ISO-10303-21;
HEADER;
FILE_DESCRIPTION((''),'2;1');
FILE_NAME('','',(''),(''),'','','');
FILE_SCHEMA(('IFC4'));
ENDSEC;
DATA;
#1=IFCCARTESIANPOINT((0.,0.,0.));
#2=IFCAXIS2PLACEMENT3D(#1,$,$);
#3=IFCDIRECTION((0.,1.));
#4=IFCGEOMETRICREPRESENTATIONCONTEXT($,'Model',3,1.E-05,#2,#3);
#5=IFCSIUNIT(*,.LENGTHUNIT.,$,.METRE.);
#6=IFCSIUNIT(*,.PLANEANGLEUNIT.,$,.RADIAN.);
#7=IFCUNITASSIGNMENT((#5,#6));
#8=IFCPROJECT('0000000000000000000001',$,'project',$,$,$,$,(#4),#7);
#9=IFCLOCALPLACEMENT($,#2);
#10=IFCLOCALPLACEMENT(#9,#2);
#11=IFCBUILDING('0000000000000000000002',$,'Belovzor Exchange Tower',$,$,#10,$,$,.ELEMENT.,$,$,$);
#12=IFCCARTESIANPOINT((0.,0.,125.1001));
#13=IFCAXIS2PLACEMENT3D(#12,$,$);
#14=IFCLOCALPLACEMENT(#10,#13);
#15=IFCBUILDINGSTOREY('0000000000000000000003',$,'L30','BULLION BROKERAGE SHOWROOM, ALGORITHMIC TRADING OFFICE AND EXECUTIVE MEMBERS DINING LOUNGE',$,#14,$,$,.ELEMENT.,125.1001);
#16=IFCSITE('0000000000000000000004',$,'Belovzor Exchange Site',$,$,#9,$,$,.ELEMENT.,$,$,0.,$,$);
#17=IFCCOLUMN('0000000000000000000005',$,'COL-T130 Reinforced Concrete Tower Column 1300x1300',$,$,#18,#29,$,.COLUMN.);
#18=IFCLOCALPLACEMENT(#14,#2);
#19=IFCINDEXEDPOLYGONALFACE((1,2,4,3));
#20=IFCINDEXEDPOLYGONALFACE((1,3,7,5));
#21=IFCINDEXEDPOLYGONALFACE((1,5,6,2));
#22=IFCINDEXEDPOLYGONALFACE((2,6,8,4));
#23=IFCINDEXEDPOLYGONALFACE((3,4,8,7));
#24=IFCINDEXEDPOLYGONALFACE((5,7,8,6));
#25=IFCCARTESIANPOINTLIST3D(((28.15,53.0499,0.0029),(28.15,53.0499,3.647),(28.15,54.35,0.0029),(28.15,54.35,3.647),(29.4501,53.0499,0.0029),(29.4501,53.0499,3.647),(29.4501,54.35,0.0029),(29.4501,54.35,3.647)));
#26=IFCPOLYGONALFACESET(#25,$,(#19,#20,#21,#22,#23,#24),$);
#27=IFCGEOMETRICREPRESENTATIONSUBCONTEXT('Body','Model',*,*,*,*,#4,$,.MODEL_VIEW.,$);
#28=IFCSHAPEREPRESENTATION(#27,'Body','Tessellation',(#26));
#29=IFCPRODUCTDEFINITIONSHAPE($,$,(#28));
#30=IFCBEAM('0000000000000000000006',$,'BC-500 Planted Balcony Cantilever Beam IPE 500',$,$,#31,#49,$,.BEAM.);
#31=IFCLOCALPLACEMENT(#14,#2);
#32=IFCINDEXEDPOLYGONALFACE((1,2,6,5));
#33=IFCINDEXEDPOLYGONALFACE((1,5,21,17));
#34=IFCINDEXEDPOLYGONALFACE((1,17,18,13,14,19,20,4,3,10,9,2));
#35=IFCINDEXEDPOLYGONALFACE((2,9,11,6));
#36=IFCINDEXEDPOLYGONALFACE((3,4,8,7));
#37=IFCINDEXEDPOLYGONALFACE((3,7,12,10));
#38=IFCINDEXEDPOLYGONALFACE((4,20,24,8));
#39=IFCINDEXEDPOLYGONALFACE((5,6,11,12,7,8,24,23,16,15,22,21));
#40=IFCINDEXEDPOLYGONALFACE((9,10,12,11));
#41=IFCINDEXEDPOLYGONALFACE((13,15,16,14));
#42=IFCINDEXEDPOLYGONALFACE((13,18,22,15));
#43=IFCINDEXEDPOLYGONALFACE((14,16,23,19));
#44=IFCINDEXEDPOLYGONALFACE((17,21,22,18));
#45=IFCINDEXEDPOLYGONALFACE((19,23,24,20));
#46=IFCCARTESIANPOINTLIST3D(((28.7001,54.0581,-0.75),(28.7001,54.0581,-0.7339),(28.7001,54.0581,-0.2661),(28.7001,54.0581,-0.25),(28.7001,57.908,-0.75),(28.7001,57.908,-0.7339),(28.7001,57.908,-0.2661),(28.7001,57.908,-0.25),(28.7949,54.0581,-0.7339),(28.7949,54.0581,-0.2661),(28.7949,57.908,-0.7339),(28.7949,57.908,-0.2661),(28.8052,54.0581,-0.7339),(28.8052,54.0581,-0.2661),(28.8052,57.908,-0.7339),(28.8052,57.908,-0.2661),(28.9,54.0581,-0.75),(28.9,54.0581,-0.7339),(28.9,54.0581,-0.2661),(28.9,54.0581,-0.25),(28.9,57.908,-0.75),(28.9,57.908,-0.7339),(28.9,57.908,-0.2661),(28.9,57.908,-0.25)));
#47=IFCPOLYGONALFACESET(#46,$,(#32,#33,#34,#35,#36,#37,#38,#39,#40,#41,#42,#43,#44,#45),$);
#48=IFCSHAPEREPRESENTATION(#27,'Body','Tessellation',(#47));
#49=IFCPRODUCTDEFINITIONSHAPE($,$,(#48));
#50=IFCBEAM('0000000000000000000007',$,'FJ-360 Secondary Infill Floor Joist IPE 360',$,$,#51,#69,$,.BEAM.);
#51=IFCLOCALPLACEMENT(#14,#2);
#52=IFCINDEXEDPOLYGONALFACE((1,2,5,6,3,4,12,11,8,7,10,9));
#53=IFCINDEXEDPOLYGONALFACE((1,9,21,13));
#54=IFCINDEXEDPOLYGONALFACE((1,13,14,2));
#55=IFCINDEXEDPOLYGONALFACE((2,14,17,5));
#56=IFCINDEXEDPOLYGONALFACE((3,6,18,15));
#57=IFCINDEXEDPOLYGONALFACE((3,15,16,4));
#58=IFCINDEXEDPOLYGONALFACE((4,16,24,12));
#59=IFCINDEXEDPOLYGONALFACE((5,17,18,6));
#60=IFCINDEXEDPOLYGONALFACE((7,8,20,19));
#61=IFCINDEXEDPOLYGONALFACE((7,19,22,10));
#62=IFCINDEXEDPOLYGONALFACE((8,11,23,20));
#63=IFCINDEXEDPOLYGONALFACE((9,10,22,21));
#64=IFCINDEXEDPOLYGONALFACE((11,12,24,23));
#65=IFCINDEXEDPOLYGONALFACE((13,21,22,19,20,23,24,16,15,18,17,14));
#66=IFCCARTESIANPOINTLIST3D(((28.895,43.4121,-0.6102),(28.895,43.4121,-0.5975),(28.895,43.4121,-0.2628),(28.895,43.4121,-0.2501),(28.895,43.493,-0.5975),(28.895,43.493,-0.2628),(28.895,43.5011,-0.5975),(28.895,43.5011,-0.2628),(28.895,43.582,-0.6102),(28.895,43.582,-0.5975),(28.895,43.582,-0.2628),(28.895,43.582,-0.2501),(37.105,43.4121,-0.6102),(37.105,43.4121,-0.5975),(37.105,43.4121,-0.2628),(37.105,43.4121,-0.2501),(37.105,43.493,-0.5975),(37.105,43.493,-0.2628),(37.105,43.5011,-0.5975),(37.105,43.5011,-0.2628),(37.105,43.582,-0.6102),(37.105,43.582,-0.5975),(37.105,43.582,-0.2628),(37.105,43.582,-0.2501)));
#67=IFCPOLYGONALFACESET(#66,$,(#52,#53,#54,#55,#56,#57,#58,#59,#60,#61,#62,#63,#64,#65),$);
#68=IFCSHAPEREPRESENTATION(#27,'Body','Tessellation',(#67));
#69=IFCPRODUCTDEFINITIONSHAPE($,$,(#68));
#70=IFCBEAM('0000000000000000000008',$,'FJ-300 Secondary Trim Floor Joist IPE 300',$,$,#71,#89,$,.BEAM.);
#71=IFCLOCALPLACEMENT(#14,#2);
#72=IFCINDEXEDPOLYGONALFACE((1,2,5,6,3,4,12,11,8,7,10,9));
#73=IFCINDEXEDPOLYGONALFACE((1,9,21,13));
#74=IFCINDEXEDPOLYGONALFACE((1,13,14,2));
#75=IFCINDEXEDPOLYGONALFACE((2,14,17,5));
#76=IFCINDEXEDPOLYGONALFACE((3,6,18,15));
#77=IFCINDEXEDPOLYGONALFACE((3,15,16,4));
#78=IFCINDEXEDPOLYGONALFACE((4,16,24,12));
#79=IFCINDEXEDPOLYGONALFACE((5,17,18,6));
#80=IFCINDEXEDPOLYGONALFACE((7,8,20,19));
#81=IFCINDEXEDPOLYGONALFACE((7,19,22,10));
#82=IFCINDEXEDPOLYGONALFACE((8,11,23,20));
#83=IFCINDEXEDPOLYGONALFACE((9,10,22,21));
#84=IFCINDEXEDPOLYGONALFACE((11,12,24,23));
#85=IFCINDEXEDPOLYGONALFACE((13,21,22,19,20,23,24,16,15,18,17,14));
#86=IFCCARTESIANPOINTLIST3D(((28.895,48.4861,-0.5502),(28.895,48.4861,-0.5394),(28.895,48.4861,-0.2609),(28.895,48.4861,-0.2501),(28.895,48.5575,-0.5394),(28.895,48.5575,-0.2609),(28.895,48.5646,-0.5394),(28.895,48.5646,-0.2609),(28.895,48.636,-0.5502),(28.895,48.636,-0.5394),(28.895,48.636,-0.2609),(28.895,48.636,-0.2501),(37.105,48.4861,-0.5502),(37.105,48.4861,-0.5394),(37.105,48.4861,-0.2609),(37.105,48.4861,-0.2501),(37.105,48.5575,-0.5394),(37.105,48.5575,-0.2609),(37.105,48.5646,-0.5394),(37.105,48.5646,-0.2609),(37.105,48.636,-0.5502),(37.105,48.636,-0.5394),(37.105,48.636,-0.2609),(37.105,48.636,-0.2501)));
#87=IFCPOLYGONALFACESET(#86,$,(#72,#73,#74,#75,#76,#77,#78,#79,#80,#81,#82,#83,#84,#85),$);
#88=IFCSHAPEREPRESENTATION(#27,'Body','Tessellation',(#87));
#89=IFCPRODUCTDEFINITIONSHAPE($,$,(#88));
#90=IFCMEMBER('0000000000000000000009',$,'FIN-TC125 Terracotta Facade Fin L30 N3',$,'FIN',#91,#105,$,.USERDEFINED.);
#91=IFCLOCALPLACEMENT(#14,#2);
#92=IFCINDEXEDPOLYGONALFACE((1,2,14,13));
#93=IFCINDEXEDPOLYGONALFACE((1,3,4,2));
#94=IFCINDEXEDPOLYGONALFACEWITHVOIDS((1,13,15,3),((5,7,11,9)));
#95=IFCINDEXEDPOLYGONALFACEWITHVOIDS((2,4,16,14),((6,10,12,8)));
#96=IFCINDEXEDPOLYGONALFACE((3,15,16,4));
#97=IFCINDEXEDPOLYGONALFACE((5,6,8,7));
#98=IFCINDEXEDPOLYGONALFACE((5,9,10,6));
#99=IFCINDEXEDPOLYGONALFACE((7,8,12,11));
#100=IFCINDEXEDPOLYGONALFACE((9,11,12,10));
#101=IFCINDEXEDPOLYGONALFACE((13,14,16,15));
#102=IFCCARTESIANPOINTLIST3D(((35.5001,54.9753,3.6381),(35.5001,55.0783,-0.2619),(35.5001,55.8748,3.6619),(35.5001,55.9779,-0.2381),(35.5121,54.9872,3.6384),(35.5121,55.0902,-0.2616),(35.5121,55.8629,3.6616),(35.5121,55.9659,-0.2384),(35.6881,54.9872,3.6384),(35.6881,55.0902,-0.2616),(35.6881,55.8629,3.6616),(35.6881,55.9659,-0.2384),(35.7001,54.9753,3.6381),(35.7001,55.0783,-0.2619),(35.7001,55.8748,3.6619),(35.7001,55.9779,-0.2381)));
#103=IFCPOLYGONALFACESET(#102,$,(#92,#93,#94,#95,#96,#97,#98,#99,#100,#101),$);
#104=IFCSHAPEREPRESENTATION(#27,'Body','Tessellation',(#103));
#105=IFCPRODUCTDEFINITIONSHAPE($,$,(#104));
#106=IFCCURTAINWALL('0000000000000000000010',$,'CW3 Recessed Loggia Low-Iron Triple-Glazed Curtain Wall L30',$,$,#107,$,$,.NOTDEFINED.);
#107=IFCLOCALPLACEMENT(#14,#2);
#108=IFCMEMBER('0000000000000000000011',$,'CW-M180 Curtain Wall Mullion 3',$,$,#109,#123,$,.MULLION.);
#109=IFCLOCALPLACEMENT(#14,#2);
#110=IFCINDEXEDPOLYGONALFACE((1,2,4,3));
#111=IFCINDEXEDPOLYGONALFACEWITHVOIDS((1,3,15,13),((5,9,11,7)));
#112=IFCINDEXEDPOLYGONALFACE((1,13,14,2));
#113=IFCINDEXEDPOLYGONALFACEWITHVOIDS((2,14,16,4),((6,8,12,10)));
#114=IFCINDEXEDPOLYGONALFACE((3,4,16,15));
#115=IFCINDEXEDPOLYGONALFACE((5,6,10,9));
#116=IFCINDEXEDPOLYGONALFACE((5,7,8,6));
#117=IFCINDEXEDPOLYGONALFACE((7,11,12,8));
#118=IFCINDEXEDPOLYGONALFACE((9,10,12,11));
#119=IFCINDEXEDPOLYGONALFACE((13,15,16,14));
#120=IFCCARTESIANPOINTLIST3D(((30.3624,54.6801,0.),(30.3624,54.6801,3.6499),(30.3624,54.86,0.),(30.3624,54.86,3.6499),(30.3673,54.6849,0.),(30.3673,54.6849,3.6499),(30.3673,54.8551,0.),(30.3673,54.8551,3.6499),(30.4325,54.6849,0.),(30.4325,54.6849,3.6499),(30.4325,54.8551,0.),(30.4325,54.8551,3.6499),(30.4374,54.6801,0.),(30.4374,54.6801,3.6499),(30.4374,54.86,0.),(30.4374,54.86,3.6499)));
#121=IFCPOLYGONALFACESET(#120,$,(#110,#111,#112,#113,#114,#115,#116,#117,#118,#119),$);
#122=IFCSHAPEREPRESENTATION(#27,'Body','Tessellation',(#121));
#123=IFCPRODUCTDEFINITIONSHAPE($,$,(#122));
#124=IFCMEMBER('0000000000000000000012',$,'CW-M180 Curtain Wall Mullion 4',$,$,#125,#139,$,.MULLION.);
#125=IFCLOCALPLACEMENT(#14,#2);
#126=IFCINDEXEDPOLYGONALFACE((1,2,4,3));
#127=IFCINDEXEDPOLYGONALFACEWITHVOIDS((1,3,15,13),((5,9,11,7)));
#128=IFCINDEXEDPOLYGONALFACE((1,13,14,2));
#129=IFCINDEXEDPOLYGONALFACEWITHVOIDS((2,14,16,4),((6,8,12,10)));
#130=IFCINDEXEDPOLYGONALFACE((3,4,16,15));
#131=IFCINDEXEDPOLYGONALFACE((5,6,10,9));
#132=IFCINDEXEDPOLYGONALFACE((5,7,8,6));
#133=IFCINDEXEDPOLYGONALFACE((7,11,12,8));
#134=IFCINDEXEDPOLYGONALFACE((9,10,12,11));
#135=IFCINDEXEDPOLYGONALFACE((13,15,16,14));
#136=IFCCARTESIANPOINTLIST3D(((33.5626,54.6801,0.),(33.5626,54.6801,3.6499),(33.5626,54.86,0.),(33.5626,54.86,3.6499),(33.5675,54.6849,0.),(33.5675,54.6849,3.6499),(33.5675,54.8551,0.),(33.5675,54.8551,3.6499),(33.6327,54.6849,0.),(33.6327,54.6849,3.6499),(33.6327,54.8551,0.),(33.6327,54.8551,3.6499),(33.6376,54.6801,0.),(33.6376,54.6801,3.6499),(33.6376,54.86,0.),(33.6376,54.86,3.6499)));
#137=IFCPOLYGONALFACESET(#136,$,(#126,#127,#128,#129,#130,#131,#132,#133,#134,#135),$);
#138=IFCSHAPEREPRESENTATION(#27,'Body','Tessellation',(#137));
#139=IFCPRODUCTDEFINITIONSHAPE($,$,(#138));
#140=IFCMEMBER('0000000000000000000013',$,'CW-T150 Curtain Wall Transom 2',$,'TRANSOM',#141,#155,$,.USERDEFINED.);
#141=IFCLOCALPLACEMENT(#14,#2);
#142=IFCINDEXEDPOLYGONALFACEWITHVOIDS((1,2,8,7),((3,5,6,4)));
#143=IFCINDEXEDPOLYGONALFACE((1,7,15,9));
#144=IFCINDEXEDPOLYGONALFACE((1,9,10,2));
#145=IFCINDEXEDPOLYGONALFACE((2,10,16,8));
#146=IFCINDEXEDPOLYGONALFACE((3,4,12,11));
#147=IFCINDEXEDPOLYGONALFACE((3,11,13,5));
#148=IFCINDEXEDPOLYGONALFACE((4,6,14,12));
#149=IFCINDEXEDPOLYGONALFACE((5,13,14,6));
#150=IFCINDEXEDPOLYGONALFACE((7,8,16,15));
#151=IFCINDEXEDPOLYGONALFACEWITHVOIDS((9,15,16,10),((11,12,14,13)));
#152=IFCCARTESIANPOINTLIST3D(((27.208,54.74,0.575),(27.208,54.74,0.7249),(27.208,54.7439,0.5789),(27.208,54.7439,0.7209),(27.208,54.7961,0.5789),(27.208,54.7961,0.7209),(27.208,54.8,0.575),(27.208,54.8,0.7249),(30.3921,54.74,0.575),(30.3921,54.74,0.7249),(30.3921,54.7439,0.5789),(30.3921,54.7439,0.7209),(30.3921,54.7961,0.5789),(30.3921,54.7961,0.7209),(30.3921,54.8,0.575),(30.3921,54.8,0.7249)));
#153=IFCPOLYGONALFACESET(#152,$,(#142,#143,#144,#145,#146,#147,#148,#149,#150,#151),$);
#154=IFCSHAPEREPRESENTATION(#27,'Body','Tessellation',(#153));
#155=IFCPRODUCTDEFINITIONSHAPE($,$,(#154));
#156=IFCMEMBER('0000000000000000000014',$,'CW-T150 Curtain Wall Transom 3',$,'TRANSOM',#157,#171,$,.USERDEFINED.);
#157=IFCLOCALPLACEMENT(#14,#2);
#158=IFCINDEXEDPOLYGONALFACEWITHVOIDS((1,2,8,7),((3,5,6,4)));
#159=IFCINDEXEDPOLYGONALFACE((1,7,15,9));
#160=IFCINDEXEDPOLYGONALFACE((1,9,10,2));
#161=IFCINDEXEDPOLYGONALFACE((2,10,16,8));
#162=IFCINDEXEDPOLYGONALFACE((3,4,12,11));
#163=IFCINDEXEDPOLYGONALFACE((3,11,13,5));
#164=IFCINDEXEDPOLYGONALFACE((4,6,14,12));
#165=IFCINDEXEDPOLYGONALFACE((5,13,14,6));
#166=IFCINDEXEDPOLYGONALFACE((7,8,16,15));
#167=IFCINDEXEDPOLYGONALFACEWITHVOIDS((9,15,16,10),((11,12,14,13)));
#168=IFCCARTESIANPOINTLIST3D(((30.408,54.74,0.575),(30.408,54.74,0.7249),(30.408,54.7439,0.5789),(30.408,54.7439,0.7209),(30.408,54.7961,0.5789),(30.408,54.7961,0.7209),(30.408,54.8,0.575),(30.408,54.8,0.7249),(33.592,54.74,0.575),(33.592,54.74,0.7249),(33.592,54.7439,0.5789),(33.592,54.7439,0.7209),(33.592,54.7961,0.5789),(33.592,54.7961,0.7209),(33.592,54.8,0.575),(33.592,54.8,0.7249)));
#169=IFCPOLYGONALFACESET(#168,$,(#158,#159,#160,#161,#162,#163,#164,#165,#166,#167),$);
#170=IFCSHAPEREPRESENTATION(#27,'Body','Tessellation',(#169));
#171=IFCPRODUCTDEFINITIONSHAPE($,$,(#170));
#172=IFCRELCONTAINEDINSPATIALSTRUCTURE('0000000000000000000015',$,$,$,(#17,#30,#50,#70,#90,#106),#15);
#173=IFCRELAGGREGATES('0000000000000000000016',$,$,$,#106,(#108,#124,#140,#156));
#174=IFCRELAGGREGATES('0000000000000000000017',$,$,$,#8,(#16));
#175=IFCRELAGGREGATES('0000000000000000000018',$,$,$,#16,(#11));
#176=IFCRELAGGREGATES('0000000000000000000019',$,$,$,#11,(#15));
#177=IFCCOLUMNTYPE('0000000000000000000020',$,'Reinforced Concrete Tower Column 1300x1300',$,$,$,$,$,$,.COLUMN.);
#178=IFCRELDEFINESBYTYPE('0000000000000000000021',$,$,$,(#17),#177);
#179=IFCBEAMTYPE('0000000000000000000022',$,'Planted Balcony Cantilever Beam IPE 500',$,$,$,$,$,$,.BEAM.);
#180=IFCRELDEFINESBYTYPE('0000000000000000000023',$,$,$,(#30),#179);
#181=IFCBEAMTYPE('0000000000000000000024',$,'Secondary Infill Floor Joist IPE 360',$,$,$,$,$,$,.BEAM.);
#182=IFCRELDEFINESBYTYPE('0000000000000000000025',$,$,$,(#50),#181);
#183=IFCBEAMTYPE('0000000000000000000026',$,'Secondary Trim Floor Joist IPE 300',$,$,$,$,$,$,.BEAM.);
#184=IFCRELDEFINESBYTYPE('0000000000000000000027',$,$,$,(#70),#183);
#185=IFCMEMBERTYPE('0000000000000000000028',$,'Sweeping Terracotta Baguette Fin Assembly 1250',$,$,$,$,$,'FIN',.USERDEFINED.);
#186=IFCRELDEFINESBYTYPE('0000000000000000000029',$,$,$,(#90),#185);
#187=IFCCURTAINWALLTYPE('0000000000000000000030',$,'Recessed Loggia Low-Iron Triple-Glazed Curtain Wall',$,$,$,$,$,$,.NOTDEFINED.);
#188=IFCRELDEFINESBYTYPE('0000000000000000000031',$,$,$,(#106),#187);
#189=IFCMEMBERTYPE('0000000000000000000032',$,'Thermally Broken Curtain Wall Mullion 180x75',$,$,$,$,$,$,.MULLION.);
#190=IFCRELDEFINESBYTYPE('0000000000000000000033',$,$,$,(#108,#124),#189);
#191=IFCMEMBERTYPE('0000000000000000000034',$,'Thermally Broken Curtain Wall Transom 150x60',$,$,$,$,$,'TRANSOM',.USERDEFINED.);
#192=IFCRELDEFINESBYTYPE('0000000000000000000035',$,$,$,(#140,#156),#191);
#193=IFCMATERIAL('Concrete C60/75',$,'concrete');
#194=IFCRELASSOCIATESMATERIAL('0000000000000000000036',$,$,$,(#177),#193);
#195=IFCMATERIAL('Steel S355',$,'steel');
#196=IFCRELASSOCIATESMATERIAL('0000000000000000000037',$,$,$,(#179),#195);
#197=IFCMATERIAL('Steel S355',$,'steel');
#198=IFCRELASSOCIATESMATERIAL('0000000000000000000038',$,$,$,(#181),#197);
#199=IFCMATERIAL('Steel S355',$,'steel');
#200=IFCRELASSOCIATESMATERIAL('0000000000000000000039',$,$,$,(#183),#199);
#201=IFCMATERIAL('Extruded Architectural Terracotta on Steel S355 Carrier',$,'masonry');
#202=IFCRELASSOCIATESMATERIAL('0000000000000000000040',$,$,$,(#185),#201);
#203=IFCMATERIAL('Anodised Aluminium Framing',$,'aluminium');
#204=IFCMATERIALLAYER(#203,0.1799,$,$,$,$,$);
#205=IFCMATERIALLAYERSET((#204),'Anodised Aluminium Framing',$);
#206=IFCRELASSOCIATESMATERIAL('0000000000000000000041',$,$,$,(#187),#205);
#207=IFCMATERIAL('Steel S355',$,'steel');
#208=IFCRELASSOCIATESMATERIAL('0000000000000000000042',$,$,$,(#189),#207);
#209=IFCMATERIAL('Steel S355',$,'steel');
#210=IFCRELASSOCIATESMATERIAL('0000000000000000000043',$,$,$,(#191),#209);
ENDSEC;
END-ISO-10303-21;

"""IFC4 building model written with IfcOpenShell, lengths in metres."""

from ifc_helpers import new_model, si_unit, direction, frame, origin, origin_2d, place, context, subcontext, project, spatial, rectangle, hollow_rectangle, i_section, extrude, material, layer, layer_set, material_profile, profile_set, type_object, element, aggregate, save


model = new_model("IFC4")

# Units and contexts
model_context = context("Model", 3, precision=1e-05, world=origin(), true_north=direction((0.0, 1.0)))
body_context = subcontext(model_context, "Body", "Model", "MODEL_VIEW")
ifc_project = project(units=[si_unit("LENGTHUNIT", "METRE"), si_unit("PLANEANGLEUNIT", "RADIAN")], contexts=[model_context])

# Site, building, storey
site_placement = place(None, origin())
site = spatial("IfcSite", under=ifc_project, at=site_placement, Name="Belovzor Exchange Site", CompositionType="ELEMENT", RefElevation=0.0)
building_placement = place(site_placement, origin())
building = spatial("IfcBuilding", under=site, at=building_placement, Name="Belovzor Exchange Tower", CompositionType="ELEMENT")
storey_placement = place(building_placement, frame((0.0, 0.0, 125.1001)))
storey = spatial("IfcBuildingStorey", under=building, at=storey_placement, Name="L30", Description="BULLION BROKERAGE SHOWROOM, ALGORITHMIC TRADING OFFICE AND EXECUTIVE MEMBERS DINING LOUNGE", CompositionType="ELEMENT", Elevation=125.1001)

# Column
ifc_material_1 = material(Name="Concrete C60/75", Category="concrete")
ifc_material_profile_1 = material_profile(ifc_material_1, rectangle(XDim=1.3, YDim=1.3, at=origin_2d()))
ifc_profile_set_1 = profile_set([ifc_material_profile_1], Name="Concrete C60/75")
column_type = type_object("IfcColumnType", Name="Reinforced Concrete Tower Column 1300x1300", PredefinedType="COLUMN", material=ifc_profile_set_1)
column_placement = place(storey_placement, frame((28.8, 53.7, 0.0029), z_axis=(0.0, 0.0, 1.0), x_axis=(1.0, 0.0, 0.0)))
element("IfcColumn", 1, at=column_placement, inside=storey, type_object=column_type, Name="COL-T130 Reinforced Concrete Tower Column 1300x1300", PredefinedType="COLUMN", context=body_context, shape_type="SweptSolid", body=[
    extrude(rectangle(XDim=1.3, YDim=1.3, at=origin_2d()), origin(), (0.0, 0.0, 1.0), 3.644),
])

# Beams
ifc_material_2 = material(Name="Steel S355", Category="steel")
ifc_material_profile_2 = material_profile(ifc_material_2, i_section(OverallWidth=0.2, OverallDepth=0.5, WebThickness=0.0103, FlangeThickness=0.0161, at=origin_2d()))
ifc_profile_set_2 = profile_set([ifc_material_profile_2], Name="Steel S355")
beam_type_1 = type_object("IfcBeamType", Name="Planted Balcony Cantilever Beam IPE 500", PredefinedType="BEAM", material=ifc_profile_set_2)
beam_1_placement = place(storey_placement, frame((28.8, 54.0581, -0.5), z_axis=(0.0, 1.0, 0.0), x_axis=(-1.0, 0.0, 0.0)))
element("IfcBeam", 2, at=beam_1_placement, inside=storey, type_object=beam_type_1, Name="BC-500 Planted Balcony Cantilever Beam IPE 500", PredefinedType="BEAM", context=body_context, shape_type="SweptSolid", body=[
    extrude(i_section(OverallWidth=0.2, OverallDepth=0.5, WebThickness=0.0103, FlangeThickness=0.0161, at=origin_2d()), origin(), (0.0, 0.0, 1.0), 3.8499),
])
ifc_material_3 = material(Name="Steel S355", Category="steel")
ifc_material_profile_3 = material_profile(ifc_material_3, i_section(OverallWidth=0.1699, OverallDepth=0.3601, WebThickness=0.0081, FlangeThickness=0.0127, at=origin_2d()))
ifc_profile_set_3 = profile_set([ifc_material_profile_3], Name="Steel S355")
beam_type_2 = type_object("IfcBeamType", Name="Secondary Infill Floor Joist IPE 360", PredefinedType="BEAM", material=ifc_profile_set_3)
beam_2_placement = place(storey_placement, frame((28.895, 43.4971, -0.4302), z_axis=(1.0, 0.0, 0.0), x_axis=(0.0, 1.0, 0.0)))
element("IfcBeam", 3, at=beam_2_placement, inside=storey, type_object=beam_type_2, Name="FJ-360 Secondary Infill Floor Joist IPE 360", PredefinedType="BEAM", context=body_context, shape_type="SweptSolid", body=[
    extrude(i_section(OverallWidth=0.1699, OverallDepth=0.3601, WebThickness=0.0081, FlangeThickness=0.0127, at=origin_2d()), origin(), (0.0, 0.0, 1.0), 8.21),
])
ifc_material_4 = material(Name="Steel S355", Category="steel")
ifc_material_profile_4 = material_profile(ifc_material_4, i_section(OverallWidth=0.1499, OverallDepth=0.3, WebThickness=0.0071, FlangeThickness=0.0107, at=origin_2d()))
ifc_profile_set_4 = profile_set([ifc_material_profile_4], Name="Steel S355")
beam_type_3 = type_object("IfcBeamType", Name="Secondary Trim Floor Joist IPE 300", PredefinedType="BEAM", material=ifc_profile_set_4)
beam_3_placement = place(storey_placement, frame((28.895, 48.561, -0.4001), z_axis=(1.0, 0.0, 0.0), x_axis=(0.0, 1.0, 0.0)))
element("IfcBeam", 4, at=beam_3_placement, inside=storey, type_object=beam_type_3, Name="FJ-300 Secondary Trim Floor Joist IPE 300", PredefinedType="BEAM", context=body_context, shape_type="SweptSolid", body=[
    extrude(i_section(OverallWidth=0.1499, OverallDepth=0.3, WebThickness=0.0071, FlangeThickness=0.0107, at=origin_2d()), origin(), (0.0, 0.0, 1.0), 8.21),
])

# Member
ifc_material_5 = material(Name="Extruded Architectural Terracotta on Steel S355 Carrier", Category="masonry")
ifc_material_profile_5 = material_profile(ifc_material_5, hollow_rectangle(XDim=0.2, YDim=0.8999, WallThickness=0.012, at=origin_2d()))
ifc_profile_set_5 = profile_set([ifc_material_profile_5], Name="Extruded Architectural Terracotta on Steel S355 Carrier")
member_type_1 = type_object("IfcMemberType", Name="Sweeping Terracotta Baguette Fin Assembly 1250", ElementType="FIN", PredefinedType="USERDEFINED", material=ifc_profile_set_5)
member_1_placement = place(storey_placement, frame((35.6001, 55.5281, -0.25), z_axis=(0.0, -0.026409, 0.999651), x_axis=(1.0, 0.0, 0.0)))
element("IfcMember", 5, at=member_1_placement, inside=storey, type_object=member_type_1, Name="FIN-TC125 Terracotta Facade Fin L30 N3", ObjectType="FIN", PredefinedType="USERDEFINED", context=body_context, shape_type="SweptSolid", body=[
    extrude(hollow_rectangle(XDim=0.2, YDim=0.8999, WallThickness=0.012, at=origin_2d()), origin(), (0.0, 0.0, 1.0), 3.9014),
])

# Curtain wall, members
ifc_material_6 = material(Name="Anodised Aluminium Framing", Category="aluminium")
ifc_layer_1 = layer(ifc_material_6, 0.1799)
ifc_layer_set_1 = layer_set([ifc_layer_1], Name="Anodised Aluminium Framing")
curtain_wall_type = type_object("IfcCurtainWallType", Name="Recessed Loggia Low-Iron Triple-Glazed Curtain Wall", PredefinedType="NOTDEFINED", material=ifc_layer_set_1)
curtain_wall_placement = place(storey_placement, origin())
curtain_wall = element("IfcCurtainWall", 6, at=curtain_wall_placement, inside=storey, type_object=curtain_wall_type, Name="CW3 Recessed Loggia Low-Iron Triple-Glazed Curtain Wall L30", PredefinedType="NOTDEFINED")
ifc_material_7 = material(Name="Steel S355", Category="steel")
ifc_material_profile_6 = material_profile(ifc_material_7, hollow_rectangle(XDim=0.075, YDim=0.1799, WallThickness=0.0049, at=origin_2d()))
ifc_profile_set_6 = profile_set([ifc_material_profile_6], Name="Steel S355")
member_type_2 = type_object("IfcMemberType", Name="Thermally Broken Curtain Wall Mullion 180x75", PredefinedType="MULLION", material=ifc_profile_set_6)
member_2_placement = place(storey_placement, frame((30.3999, 54.77, 0.0), z_axis=(0.0, 0.0, 1.0), x_axis=(1.0, 0.0, 0.0)))
member_2 = element("IfcMember", 7, at=member_2_placement, type_object=member_type_2, Name="CW-M180 Curtain Wall Mullion 3", PredefinedType="MULLION", context=body_context, shape_type="SweptSolid", body=[
    extrude(hollow_rectangle(XDim=0.075, YDim=0.1799, WallThickness=0.0049, at=origin_2d()), origin(), (0.0, 0.0, 1.0), 3.6499),
])
member_3_placement = place(storey_placement, frame((33.6001, 54.77, 0.0), z_axis=(0.0, 0.0, 1.0), x_axis=(1.0, 0.0, 0.0)))
member_3 = element("IfcMember", 8, at=member_3_placement, type_object=member_type_2, Name="CW-M180 Curtain Wall Mullion 4", PredefinedType="MULLION", context=body_context, shape_type="SweptSolid", body=[
    extrude(hollow_rectangle(XDim=0.075, YDim=0.1799, WallThickness=0.0049, at=origin_2d()), origin(), (0.0, 0.0, 1.0), 3.6499),
])
ifc_material_8 = material(Name="Steel S355", Category="steel")
ifc_material_profile_7 = material_profile(ifc_material_8, hollow_rectangle(XDim=0.0601, YDim=0.1499, WallThickness=0.0039, at=origin_2d()))
ifc_profile_set_7 = profile_set([ifc_material_profile_7], Name="Steel S355")
member_type_3 = type_object("IfcMemberType", Name="Thermally Broken Curtain Wall Transom 150x60", ElementType="TRANSOM", PredefinedType="USERDEFINED", material=ifc_profile_set_7)
member_4_placement = place(storey_placement, frame((27.208, 54.77, 0.6499), z_axis=(1.0, 0.0, 0.0), x_axis=(0.0, 1.0, 0.0)))
member_4 = element("IfcMember", 9, at=member_4_placement, type_object=member_type_3, Name="CW-T150 Curtain Wall Transom 2", ObjectType="TRANSOM", PredefinedType="USERDEFINED", context=body_context, shape_type="SweptSolid", body=[
    extrude(hollow_rectangle(XDim=0.0601, YDim=0.1499, WallThickness=0.0039, at=origin_2d()), origin(), (0.0, 0.0, 1.0), 3.1841),
])
member_5_placement = place(storey_placement, frame((30.408, 54.77, 0.6499), z_axis=(1.0, 0.0, 0.0), x_axis=(0.0, 1.0, 0.0)))
member_5 = element("IfcMember", 10, at=member_5_placement, type_object=member_type_3, Name="CW-T150 Curtain Wall Transom 3", ObjectType="TRANSOM", PredefinedType="USERDEFINED", context=body_context, shape_type="SweptSolid", body=[
    extrude(hollow_rectangle(XDim=0.0601, YDim=0.1499, WallThickness=0.0039, at=origin_2d()), origin(), (0.0, 0.0, 1.0), 3.1841),
])

aggregate(curtain_wall, [member_2, member_3, member_4, member_5])

save(model, "model.ifc")
